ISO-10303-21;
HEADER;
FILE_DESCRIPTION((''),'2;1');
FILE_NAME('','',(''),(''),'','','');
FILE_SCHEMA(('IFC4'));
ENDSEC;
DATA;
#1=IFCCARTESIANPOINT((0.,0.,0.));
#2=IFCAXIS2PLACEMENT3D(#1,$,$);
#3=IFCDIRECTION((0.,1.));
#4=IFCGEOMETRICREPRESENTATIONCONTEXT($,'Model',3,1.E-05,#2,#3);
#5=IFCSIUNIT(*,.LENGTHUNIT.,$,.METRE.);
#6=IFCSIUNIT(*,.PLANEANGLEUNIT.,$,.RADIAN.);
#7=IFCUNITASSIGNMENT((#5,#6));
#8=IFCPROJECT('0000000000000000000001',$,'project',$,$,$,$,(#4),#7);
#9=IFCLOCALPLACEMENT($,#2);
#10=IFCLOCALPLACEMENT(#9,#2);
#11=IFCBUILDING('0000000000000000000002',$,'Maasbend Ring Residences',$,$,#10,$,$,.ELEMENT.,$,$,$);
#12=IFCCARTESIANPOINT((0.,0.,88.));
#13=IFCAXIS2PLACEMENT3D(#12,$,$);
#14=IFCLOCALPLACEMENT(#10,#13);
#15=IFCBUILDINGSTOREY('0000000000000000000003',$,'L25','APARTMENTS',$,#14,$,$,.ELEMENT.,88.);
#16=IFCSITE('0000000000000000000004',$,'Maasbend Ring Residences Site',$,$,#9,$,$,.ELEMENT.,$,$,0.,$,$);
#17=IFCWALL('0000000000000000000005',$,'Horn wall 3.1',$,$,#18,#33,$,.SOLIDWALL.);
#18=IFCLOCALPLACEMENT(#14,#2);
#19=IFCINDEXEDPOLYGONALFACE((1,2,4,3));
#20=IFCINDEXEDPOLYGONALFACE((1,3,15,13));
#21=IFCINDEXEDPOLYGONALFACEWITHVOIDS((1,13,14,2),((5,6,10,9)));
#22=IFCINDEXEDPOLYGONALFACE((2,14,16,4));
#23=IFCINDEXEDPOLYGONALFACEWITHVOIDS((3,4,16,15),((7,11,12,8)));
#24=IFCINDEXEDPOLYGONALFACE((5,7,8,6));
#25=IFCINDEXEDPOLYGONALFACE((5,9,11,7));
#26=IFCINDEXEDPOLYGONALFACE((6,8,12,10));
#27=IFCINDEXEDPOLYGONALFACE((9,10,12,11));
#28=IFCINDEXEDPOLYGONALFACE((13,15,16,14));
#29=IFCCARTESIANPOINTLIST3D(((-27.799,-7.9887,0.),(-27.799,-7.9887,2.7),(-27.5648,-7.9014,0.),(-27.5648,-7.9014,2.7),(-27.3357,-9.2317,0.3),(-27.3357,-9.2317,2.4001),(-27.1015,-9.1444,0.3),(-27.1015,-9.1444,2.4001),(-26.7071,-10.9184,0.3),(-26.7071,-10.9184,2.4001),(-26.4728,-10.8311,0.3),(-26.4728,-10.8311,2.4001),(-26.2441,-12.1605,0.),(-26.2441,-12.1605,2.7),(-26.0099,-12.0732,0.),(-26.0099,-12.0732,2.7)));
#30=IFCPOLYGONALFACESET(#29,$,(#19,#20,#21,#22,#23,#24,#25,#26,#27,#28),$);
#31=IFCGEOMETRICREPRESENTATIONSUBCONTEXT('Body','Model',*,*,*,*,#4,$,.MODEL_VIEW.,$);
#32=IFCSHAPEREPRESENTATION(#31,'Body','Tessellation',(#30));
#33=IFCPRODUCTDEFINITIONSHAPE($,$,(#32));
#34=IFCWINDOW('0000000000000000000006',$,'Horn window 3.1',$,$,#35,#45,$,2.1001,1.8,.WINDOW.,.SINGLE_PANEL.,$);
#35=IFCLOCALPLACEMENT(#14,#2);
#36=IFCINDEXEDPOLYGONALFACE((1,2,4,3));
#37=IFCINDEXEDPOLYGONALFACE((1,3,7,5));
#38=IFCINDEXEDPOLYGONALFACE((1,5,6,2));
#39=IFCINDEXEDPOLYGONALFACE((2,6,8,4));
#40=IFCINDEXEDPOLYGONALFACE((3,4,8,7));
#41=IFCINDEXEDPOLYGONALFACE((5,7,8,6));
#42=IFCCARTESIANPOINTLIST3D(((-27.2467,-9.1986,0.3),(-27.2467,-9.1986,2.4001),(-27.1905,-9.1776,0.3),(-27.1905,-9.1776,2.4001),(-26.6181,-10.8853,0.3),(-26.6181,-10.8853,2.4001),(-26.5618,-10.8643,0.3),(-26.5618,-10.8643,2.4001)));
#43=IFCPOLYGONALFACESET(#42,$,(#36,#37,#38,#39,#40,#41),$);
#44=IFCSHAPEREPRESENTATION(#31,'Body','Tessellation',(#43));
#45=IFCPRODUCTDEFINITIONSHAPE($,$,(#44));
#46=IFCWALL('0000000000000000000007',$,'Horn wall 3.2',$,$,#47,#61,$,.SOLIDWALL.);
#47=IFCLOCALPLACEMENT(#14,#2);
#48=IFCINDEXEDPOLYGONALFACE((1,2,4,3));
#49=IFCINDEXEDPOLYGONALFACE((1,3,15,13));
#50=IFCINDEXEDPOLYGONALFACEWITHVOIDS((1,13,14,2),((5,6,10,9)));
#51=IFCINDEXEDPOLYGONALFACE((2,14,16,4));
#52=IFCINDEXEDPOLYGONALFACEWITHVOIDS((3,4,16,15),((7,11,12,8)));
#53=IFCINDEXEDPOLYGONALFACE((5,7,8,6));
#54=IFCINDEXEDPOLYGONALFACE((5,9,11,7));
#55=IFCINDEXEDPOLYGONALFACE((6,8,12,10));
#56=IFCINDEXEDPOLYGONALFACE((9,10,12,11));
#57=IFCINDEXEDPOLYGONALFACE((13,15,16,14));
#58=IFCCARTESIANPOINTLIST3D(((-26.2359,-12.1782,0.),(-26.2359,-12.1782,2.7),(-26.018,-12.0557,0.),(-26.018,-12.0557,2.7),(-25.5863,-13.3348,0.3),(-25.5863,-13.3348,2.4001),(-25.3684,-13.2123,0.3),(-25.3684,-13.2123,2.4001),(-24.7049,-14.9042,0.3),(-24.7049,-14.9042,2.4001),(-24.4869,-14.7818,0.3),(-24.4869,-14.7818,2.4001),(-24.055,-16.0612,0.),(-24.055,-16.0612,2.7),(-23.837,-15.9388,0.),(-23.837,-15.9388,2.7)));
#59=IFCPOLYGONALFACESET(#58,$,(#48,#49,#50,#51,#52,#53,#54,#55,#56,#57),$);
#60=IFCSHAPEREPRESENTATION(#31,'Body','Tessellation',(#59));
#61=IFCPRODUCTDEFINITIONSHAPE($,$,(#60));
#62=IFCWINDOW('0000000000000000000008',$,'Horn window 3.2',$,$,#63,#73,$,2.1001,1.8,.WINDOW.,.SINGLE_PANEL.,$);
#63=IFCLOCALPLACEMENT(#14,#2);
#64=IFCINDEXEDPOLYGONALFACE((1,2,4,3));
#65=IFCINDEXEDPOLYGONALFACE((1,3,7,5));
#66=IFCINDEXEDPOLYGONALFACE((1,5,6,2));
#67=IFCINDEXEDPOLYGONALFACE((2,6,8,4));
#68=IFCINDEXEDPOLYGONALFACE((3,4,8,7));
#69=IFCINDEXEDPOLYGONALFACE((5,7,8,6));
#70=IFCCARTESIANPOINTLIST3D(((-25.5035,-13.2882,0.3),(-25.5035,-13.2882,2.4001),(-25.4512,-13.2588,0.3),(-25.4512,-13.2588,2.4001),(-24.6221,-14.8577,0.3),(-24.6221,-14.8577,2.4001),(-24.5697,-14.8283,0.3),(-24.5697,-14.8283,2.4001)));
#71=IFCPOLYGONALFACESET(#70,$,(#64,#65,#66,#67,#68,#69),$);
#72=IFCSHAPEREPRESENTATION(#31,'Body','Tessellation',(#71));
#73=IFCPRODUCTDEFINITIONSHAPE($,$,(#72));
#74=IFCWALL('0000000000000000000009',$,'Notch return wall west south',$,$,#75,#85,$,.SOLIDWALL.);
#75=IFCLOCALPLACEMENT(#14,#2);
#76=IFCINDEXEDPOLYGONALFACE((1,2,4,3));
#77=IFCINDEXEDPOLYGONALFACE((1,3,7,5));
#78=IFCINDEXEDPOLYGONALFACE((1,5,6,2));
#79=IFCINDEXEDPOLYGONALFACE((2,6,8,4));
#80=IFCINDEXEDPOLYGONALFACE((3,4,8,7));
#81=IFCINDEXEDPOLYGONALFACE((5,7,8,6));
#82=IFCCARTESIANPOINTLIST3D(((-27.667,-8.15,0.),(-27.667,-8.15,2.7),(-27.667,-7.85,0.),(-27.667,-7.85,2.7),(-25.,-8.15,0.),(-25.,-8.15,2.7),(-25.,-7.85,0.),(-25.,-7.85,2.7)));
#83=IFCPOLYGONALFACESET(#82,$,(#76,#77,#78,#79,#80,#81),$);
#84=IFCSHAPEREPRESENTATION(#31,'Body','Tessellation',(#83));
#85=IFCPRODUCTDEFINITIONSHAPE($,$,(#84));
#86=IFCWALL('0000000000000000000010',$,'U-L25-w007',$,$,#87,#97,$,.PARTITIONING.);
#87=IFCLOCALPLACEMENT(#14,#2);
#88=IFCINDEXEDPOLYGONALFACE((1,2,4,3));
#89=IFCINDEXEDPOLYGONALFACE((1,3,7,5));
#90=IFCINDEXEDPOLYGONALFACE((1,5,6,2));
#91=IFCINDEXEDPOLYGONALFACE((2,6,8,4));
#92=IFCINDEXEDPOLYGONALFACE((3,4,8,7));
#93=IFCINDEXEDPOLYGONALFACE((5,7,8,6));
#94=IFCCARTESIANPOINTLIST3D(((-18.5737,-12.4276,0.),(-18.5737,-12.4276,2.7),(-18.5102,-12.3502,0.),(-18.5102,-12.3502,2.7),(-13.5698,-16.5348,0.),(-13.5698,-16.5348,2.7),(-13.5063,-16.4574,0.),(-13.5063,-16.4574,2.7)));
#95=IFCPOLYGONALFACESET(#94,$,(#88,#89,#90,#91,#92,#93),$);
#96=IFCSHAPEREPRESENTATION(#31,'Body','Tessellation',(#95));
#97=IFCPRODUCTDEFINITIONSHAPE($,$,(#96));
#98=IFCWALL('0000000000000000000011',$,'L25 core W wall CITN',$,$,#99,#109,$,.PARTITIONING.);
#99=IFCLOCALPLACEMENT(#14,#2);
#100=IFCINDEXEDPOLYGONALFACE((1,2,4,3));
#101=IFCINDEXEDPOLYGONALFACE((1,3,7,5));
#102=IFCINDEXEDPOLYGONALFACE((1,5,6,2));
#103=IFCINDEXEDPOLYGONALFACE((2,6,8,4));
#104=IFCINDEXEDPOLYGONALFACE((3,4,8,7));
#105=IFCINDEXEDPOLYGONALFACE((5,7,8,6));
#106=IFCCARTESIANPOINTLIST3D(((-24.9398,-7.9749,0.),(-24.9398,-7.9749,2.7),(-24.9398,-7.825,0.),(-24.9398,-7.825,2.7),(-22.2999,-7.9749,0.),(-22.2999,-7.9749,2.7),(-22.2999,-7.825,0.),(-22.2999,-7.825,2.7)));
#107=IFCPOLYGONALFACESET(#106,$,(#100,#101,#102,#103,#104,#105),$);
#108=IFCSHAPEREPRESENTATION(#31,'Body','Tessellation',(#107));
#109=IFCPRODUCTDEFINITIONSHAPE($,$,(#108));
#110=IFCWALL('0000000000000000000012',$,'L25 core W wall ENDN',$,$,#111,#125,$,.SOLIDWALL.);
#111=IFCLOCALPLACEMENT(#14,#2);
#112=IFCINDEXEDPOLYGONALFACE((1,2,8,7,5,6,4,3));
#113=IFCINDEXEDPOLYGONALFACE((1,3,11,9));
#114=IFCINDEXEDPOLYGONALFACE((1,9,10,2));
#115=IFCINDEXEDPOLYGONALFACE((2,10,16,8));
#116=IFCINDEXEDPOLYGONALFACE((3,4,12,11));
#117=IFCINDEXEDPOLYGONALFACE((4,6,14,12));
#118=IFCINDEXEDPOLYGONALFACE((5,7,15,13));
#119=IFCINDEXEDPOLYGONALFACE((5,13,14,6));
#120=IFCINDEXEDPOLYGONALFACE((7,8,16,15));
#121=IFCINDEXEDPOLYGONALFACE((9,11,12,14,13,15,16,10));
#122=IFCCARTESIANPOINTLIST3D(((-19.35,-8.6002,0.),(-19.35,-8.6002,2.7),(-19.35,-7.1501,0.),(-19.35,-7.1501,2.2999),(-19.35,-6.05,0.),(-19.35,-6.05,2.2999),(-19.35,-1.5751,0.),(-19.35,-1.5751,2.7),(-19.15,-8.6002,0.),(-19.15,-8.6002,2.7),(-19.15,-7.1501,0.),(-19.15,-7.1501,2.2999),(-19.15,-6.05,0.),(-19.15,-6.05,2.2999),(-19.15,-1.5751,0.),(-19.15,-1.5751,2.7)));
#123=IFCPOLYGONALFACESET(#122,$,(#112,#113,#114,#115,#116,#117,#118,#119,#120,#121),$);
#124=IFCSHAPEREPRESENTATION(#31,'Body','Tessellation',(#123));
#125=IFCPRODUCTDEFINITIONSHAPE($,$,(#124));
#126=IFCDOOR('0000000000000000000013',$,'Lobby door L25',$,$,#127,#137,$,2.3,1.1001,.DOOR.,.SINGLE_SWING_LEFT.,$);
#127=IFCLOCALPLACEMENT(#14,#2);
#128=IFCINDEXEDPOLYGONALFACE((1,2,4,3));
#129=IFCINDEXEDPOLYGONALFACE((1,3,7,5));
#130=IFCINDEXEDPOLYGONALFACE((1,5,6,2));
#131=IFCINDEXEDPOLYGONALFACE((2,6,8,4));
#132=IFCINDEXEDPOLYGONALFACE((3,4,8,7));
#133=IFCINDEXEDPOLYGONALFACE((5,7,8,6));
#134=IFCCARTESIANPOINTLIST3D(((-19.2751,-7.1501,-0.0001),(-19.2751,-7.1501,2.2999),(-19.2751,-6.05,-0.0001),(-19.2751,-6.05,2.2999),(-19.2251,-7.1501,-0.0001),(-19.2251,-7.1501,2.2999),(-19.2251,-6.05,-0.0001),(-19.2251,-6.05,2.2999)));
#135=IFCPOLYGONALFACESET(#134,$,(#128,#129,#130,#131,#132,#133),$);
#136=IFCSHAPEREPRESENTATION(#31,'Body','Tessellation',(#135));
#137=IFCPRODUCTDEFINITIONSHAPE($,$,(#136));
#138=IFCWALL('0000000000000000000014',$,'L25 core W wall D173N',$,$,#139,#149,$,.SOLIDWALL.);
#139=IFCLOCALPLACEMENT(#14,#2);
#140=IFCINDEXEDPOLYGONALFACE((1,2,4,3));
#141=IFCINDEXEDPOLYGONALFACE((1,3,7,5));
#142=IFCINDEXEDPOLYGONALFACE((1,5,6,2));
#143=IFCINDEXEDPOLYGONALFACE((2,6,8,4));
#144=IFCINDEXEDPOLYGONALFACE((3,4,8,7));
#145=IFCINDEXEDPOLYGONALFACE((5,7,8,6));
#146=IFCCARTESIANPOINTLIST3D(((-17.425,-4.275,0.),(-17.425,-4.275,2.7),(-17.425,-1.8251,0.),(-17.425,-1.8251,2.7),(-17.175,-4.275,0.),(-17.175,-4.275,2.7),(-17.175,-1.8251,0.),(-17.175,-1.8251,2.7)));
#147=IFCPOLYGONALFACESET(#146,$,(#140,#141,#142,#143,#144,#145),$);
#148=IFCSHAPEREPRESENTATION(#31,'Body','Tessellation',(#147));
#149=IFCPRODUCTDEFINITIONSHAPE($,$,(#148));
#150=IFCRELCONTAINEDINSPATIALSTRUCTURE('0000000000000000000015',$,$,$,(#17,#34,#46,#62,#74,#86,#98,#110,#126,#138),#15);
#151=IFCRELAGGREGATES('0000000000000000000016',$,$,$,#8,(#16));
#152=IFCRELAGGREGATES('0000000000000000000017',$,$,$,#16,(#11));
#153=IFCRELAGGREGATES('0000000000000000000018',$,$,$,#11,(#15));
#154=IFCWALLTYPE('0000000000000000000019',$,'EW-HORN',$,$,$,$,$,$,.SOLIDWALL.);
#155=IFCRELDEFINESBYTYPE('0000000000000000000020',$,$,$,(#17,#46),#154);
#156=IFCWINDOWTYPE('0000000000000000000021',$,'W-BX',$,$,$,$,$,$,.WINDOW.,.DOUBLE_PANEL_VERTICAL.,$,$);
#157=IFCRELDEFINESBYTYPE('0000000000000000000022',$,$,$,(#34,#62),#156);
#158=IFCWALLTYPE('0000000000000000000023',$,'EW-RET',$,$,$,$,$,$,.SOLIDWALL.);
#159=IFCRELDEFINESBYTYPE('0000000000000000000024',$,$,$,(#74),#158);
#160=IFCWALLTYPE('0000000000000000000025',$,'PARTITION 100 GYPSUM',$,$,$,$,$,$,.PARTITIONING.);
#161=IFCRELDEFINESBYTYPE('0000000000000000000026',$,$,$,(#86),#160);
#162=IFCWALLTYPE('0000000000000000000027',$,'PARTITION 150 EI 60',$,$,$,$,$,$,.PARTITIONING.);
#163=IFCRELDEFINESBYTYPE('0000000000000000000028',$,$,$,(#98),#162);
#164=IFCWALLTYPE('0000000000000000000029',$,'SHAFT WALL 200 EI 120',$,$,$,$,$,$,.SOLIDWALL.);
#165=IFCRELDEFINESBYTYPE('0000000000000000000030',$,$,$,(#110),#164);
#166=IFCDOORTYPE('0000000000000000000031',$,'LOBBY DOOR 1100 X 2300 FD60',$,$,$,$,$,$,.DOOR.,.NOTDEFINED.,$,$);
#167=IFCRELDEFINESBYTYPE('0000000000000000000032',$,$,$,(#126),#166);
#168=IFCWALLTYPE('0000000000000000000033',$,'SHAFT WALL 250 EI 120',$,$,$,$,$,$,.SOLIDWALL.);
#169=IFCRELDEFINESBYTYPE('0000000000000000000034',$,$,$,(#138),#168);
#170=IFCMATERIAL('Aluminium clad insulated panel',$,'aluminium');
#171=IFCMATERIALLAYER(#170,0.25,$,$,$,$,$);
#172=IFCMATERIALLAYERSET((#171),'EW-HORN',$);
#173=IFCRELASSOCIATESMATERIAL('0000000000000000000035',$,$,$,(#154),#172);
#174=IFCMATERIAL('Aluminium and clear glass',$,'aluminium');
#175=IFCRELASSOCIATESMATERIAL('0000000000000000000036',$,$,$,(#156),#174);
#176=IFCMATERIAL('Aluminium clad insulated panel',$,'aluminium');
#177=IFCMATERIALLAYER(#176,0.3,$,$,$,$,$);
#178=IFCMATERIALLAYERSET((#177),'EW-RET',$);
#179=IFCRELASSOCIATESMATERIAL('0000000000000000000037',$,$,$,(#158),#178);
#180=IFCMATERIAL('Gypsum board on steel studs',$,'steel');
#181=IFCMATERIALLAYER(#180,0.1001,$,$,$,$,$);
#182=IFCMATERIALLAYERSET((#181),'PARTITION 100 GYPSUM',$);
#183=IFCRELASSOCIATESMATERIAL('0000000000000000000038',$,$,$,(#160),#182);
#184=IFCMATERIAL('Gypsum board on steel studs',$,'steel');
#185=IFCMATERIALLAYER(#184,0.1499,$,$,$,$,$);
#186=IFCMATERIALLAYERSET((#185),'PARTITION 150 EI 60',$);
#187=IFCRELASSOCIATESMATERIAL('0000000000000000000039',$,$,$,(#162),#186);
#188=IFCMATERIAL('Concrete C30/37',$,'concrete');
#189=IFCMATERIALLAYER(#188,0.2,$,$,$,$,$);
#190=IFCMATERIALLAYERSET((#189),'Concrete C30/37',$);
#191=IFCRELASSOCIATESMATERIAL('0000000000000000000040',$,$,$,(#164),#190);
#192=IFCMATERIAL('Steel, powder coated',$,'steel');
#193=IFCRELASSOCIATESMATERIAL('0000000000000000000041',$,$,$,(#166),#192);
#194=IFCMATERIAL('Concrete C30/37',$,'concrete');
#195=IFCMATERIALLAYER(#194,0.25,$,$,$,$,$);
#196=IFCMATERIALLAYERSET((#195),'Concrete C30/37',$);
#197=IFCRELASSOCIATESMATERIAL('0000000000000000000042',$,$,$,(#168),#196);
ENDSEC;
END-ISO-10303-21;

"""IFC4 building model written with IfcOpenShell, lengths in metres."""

from ifc_helpers import new_model, si_unit, direction, frame, frame_2d, origin, place, context, subcontext, project, spatial, rectangle, extrude, material, layer, layer_set, type_object, element, fill, save


model = new_model("IFC4")

# Units and contexts
model_context = context("Model", 3, precision=1e-05, world=origin(), true_north=direction((0.0, 1.0)))
body_context = subcontext(model_context, "Body", "Model", "MODEL_VIEW")
ifc_project = project(units=[si_unit("LENGTHUNIT", "METRE"), si_unit("PLANEANGLEUNIT", "RADIAN")], contexts=[model_context])

# Site, building, storey
site_placement = place(None, origin())
site = spatial("IfcSite", under=ifc_project, at=site_placement, Name="Maasbend Ring Residences Site", CompositionType="ELEMENT", RefElevation=0.0)
building_placement = place(site_placement, origin())
building = spatial("IfcBuilding", under=site, at=building_placement, Name="Maasbend Ring Residences", CompositionType="ELEMENT")
storey_placement = place(building_placement, frame((0.0, 0.0, 88.0)))
storey = spatial("IfcBuildingStorey", under=building, at=storey_placement, Name="L25", Description="APARTMENTS", CompositionType="ELEMENT", Elevation=88.0)

# Walls, openings, windows
ifc_material_1 = material(Name="Aluminium clad insulated panel", Category="aluminium")
ifc_layer_1 = layer(ifc_material_1, 0.25)
ifc_layer_set_1 = layer_set([ifc_layer_1], Name="EW-HORN")
wall_type_1 = type_object("IfcWallType", Name="EW-HORN", PredefinedType="SOLIDWALL", material=ifc_layer_set_1)
wall_1_placement = place(storey_placement, frame((-27.6819, -7.9451, 0.0), z_axis=(0.0, 0.0, 1.0), x_axis=(0.349248, -0.93703, 0.0)))
wall_1 = element("IfcWall", 1, at=wall_1_placement, inside=storey, type_object=wall_type_1, Name="Horn wall 3.1", PredefinedType="SOLIDWALL", context=body_context, shape_type="SweptSolid", body=[
    extrude(rectangle(XDim=4.4521, YDim=0.25, at=frame_2d((2.2261, 0.0))), origin(), (0.0, 0.0, 1.0), 2.7),
])
opening_1_placement = place(wall_1_placement, frame((1.3267, 0.0, 0.3)))
opening_1 = element("IfcOpeningElement", 2, at=opening_1_placement, cuts=wall_1, PredefinedType="OPENING", context=body_context, shape_type="SweptSolid", body=[
    extrude(rectangle(XDim=1.8, YDim=2.1001, at=frame_2d((0.8999, 1.05))), frame((0.0, 0.135, 0.0), z_axis=(0.0, -1.0, 0.0), x_axis=(1.0, 0.0, 0.0)), (0.0, 0.0, 1.0), 0.27),
])
ifc_material_2 = material(Name="Aluminium and clear glass", Category="aluminium")
window_type = type_object("IfcWindowType", Name="W-BX", PartitioningType="DOUBLE_PANEL_VERTICAL", PredefinedType="WINDOW", material=ifc_material_2)
window_1_placement = place(opening_1_placement, origin())
window_1 = element("IfcWindow", 3, at=window_1_placement, inside=storey, type_object=window_type, Name="Horn window 3.1", OverallHeight=2.1001, OverallWidth=1.8, PartitioningType="SINGLE_PANEL", PredefinedType="WINDOW", context=body_context, shape_type="SweptSolid", body=[
    extrude(rectangle(XDim=1.8, YDim=2.1001, at=frame_2d((0.8999, 1.05))), frame((0.0, 0.03, 0.0), z_axis=(0.0, -1.0, 0.0), x_axis=(1.0, 0.0, 0.0)), (0.0, 0.0, 1.0), 0.0601),
])
fill(opening_1, window_1)
wall_2_placement = place(storey_placement, frame((-26.127, -12.1169, 0.0), z_axis=(0.0, 0.0, 1.0), x_axis=(0.489696, -0.871893, 0.0)))
wall_2 = element("IfcWall", 4, at=wall_2_placement, inside=storey, type_object=wall_type_1, Name="Horn wall 3.2", PredefinedType="SOLIDWALL", context=body_context, shape_type="SweptSolid", body=[
    extrude(rectangle(XDim=4.4536, YDim=0.25, at=frame_2d((2.2268, 0.0))), origin(), (0.0, 0.0, 1.0), 2.7),
])
opening_2_placement = place(wall_2_placement, frame((1.3267, 0.0, 0.3)))
opening_2 = element("IfcOpeningElement", 5, at=opening_2_placement, cuts=wall_2, PredefinedType="OPENING", context=body_context, shape_type="SweptSolid", body=[
    extrude(rectangle(XDim=1.8, YDim=2.1001, at=frame_2d((0.8999, 1.05))), frame((0.0, 0.135, 0.0), z_axis=(0.0, -1.0, 0.0), x_axis=(1.0, 0.0, 0.0)), (0.0, 0.0, 1.0), 0.27),
])
window_2_placement = place(opening_2_placement, origin())
window_2 = element("IfcWindow", 6, at=window_2_placement, inside=storey, type_object=window_type, Name="Horn window 3.2", OverallHeight=2.1001, OverallWidth=1.8, PartitioningType="SINGLE_PANEL", PredefinedType="WINDOW", context=body_context, shape_type="SweptSolid", body=[
    extrude(rectangle(XDim=1.8, YDim=2.1001, at=frame_2d((0.8999, 1.05))), frame((0.0, 0.03, 0.0), z_axis=(0.0, -1.0, 0.0), x_axis=(1.0, 0.0, 0.0)), (0.0, 0.0, 1.0), 0.0601),
])
fill(opening_2, window_2)

# Walls
ifc_material_3 = material(Name="Aluminium clad insulated panel", Category="aluminium")
ifc_layer_2 = layer(ifc_material_3, 0.3)
ifc_layer_set_2 = layer_set([ifc_layer_2], Name="EW-RET")
wall_type_2 = type_object("IfcWallType", Name="EW-RET", PredefinedType="SOLIDWALL", material=ifc_layer_set_2)
wall_3_placement = place(storey_placement, frame((-25.0, -8.0, 0.0), z_axis=(0.0, 0.0, 1.0), x_axis=(-1.0, 0.0, 0.0)))
element("IfcWall", 7, at=wall_3_placement, inside=storey, type_object=wall_type_2, Name="Notch return wall west south", PredefinedType="SOLIDWALL", context=body_context, shape_type="SweptSolid", body=[
    extrude(rectangle(XDim=2.667, YDim=0.3, at=frame_2d((1.3335, 0.0))), origin(), (0.0, 0.0, 1.0), 2.7),
])
ifc_material_4 = material(Name="Gypsum board on steel studs", Category="steel")
ifc_layer_3 = layer(ifc_material_4, 0.1001)
ifc_layer_set_3 = layer_set([ifc_layer_3], Name="PARTITION 100 GYPSUM")
wall_type_3 = type_object("IfcWallType", Name="PARTITION 100 GYPSUM", PredefinedType="PARTITIONING", material=ifc_layer_set_3)
wall_4_placement = place(storey_placement, frame((-18.542, -12.3889, 0.0), z_axis=(0.0, 0.0, 1.0), x_axis=(0.772967, -0.634447, 0.0)))
element("IfcWall", 8, at=wall_4_placement, inside=storey, type_object=wall_type_3, Name="U-L25-w007", PredefinedType="PARTITIONING", context=body_context, shape_type="SweptSolid", body=[
    extrude(rectangle(XDim=6.4736, YDim=0.1001, at=frame_2d((3.2368, 0.0))), origin(), (0.0, 0.0, 1.0), 2.7),
])
ifc_material_5 = material(Name="Gypsum board on steel studs", Category="steel")
ifc_layer_4 = layer(ifc_material_5, 0.1499)
ifc_layer_set_4 = layer_set([ifc_layer_4], Name="PARTITION 150 EI 60")
wall_type_4 = type_object("IfcWallType", Name="PARTITION 150 EI 60", PredefinedType="PARTITIONING", material=ifc_layer_set_4)
wall_5_placement = place(storey_placement, frame((-22.3, -7.8999, 0.0), z_axis=(0.0, 0.0, 1.0), x_axis=(-1.0, 0.0, 0.0)))
element("IfcWall", 9, at=wall_5_placement, inside=storey, type_object=wall_type_4, Name="L25 core W wall CITN", PredefinedType="PARTITIONING", context=body_context, shape_type="SweptSolid", body=[
    extrude(rectangle(XDim=2.6399, YDim=0.1499, at=frame_2d((1.3198, 0.0))), origin(), (0.0, 0.0, 1.0), 2.7),
])

# Wall, opening, door
ifc_material_6 = material(Name="Concrete C30/37", Category="concrete")
ifc_layer_5 = layer(ifc_material_6, 0.2)
ifc_layer_set_5 = layer_set([ifc_layer_5], Name="Concrete C30/37")
wall_type_5 = type_object("IfcWallType", Name="SHAFT WALL 200 EI 120", PredefinedType="SOLIDWALL", material=ifc_layer_set_5)
wall_6_placement = place(storey_placement, frame((-19.25, -1.575, 0.0), z_axis=(0.0, 0.0, 1.0), x_axis=(0.0, -1.0, 0.0)))
wall_6 = element("IfcWall", 10, at=wall_6_placement, inside=storey, type_object=wall_type_5, Name="L25 core W wall ENDN", PredefinedType="SOLIDWALL", context=body_context, shape_type="SweptSolid", body=[
    extrude(rectangle(XDim=7.0251, YDim=0.2, at=frame_2d((3.5127, 0.0))), origin(), (0.0, 0.0, 1.0), 2.7),
])
opening_3_placement = place(wall_6_placement, frame((4.4751, 0.0, 0.0)))
opening_3 = element("IfcOpeningElement", 11, at=opening_3_placement, cuts=wall_6, PredefinedType="OPENING", context=body_context, shape_type="SweptSolid", body=[
    extrude(rectangle(XDim=1.1001, YDim=2.3, at=frame_2d((0.55, 1.1499))), frame((0.0, 0.1099, 0.0), z_axis=(0.0, -1.0, 0.0), x_axis=(1.0, 0.0, 0.0)), (0.0, 0.0, 1.0), 0.22),
])
ifc_material_7 = material(Name="Steel, powder coated", Category="steel")
door_type_1 = type_object("IfcDoorType", Name="LOBBY DOOR 1100 X 2300 FD60", OperationType="NOTDEFINED", PredefinedType="DOOR", material=ifc_material_7)
door_1_placement = place(opening_3_placement, origin())
door_1 = element("IfcDoor", 12, at=door_1_placement, inside=storey, type_object=door_type_1, Name="Lobby door L25", OperationType="SINGLE_SWING_LEFT", OverallHeight=2.3, OverallWidth=1.1001, PredefinedType="DOOR", context=body_context, shape_type="SweptSolid", body=[
    extrude(rectangle(XDim=1.1001, YDim=2.3, at=frame_2d((0.55, 1.1499))), frame((0.0, 0.0249, 0.0), z_axis=(0.0, -1.0, 0.0), x_axis=(1.0, 0.0, 0.0)), (0.0, 0.0, 1.0), 0.05),
])
fill(opening_3, door_1)

# Wall
ifc_material_8 = material(Name="Concrete C30/37", Category="concrete")
ifc_layer_6 = layer(ifc_material_8, 0.25)
ifc_layer_set_6 = layer_set([ifc_layer_6], Name="Concrete C30/37")
wall_type_6 = type_object("IfcWallType", Name="SHAFT WALL 250 EI 120", PredefinedType="SOLIDWALL", material=ifc_layer_set_6)
wall_7_placement = place(storey_placement, frame((-17.3, -1.825, 0.0), z_axis=(0.0, 0.0, 1.0), x_axis=(0.0, -1.0, 0.0)))
element("IfcWall", 13, at=wall_7_placement, inside=storey, type_object=wall_type_6, Name="L25 core W wall D173N", PredefinedType="SOLIDWALL", context=body_context, shape_type="SweptSolid", body=[
    extrude(rectangle(XDim=2.45, YDim=0.25, at=frame_2d((1.2251, 0.0))), origin(), (0.0, 0.0, 1.0), 2.7),
])

save(model, "model.ifc")
